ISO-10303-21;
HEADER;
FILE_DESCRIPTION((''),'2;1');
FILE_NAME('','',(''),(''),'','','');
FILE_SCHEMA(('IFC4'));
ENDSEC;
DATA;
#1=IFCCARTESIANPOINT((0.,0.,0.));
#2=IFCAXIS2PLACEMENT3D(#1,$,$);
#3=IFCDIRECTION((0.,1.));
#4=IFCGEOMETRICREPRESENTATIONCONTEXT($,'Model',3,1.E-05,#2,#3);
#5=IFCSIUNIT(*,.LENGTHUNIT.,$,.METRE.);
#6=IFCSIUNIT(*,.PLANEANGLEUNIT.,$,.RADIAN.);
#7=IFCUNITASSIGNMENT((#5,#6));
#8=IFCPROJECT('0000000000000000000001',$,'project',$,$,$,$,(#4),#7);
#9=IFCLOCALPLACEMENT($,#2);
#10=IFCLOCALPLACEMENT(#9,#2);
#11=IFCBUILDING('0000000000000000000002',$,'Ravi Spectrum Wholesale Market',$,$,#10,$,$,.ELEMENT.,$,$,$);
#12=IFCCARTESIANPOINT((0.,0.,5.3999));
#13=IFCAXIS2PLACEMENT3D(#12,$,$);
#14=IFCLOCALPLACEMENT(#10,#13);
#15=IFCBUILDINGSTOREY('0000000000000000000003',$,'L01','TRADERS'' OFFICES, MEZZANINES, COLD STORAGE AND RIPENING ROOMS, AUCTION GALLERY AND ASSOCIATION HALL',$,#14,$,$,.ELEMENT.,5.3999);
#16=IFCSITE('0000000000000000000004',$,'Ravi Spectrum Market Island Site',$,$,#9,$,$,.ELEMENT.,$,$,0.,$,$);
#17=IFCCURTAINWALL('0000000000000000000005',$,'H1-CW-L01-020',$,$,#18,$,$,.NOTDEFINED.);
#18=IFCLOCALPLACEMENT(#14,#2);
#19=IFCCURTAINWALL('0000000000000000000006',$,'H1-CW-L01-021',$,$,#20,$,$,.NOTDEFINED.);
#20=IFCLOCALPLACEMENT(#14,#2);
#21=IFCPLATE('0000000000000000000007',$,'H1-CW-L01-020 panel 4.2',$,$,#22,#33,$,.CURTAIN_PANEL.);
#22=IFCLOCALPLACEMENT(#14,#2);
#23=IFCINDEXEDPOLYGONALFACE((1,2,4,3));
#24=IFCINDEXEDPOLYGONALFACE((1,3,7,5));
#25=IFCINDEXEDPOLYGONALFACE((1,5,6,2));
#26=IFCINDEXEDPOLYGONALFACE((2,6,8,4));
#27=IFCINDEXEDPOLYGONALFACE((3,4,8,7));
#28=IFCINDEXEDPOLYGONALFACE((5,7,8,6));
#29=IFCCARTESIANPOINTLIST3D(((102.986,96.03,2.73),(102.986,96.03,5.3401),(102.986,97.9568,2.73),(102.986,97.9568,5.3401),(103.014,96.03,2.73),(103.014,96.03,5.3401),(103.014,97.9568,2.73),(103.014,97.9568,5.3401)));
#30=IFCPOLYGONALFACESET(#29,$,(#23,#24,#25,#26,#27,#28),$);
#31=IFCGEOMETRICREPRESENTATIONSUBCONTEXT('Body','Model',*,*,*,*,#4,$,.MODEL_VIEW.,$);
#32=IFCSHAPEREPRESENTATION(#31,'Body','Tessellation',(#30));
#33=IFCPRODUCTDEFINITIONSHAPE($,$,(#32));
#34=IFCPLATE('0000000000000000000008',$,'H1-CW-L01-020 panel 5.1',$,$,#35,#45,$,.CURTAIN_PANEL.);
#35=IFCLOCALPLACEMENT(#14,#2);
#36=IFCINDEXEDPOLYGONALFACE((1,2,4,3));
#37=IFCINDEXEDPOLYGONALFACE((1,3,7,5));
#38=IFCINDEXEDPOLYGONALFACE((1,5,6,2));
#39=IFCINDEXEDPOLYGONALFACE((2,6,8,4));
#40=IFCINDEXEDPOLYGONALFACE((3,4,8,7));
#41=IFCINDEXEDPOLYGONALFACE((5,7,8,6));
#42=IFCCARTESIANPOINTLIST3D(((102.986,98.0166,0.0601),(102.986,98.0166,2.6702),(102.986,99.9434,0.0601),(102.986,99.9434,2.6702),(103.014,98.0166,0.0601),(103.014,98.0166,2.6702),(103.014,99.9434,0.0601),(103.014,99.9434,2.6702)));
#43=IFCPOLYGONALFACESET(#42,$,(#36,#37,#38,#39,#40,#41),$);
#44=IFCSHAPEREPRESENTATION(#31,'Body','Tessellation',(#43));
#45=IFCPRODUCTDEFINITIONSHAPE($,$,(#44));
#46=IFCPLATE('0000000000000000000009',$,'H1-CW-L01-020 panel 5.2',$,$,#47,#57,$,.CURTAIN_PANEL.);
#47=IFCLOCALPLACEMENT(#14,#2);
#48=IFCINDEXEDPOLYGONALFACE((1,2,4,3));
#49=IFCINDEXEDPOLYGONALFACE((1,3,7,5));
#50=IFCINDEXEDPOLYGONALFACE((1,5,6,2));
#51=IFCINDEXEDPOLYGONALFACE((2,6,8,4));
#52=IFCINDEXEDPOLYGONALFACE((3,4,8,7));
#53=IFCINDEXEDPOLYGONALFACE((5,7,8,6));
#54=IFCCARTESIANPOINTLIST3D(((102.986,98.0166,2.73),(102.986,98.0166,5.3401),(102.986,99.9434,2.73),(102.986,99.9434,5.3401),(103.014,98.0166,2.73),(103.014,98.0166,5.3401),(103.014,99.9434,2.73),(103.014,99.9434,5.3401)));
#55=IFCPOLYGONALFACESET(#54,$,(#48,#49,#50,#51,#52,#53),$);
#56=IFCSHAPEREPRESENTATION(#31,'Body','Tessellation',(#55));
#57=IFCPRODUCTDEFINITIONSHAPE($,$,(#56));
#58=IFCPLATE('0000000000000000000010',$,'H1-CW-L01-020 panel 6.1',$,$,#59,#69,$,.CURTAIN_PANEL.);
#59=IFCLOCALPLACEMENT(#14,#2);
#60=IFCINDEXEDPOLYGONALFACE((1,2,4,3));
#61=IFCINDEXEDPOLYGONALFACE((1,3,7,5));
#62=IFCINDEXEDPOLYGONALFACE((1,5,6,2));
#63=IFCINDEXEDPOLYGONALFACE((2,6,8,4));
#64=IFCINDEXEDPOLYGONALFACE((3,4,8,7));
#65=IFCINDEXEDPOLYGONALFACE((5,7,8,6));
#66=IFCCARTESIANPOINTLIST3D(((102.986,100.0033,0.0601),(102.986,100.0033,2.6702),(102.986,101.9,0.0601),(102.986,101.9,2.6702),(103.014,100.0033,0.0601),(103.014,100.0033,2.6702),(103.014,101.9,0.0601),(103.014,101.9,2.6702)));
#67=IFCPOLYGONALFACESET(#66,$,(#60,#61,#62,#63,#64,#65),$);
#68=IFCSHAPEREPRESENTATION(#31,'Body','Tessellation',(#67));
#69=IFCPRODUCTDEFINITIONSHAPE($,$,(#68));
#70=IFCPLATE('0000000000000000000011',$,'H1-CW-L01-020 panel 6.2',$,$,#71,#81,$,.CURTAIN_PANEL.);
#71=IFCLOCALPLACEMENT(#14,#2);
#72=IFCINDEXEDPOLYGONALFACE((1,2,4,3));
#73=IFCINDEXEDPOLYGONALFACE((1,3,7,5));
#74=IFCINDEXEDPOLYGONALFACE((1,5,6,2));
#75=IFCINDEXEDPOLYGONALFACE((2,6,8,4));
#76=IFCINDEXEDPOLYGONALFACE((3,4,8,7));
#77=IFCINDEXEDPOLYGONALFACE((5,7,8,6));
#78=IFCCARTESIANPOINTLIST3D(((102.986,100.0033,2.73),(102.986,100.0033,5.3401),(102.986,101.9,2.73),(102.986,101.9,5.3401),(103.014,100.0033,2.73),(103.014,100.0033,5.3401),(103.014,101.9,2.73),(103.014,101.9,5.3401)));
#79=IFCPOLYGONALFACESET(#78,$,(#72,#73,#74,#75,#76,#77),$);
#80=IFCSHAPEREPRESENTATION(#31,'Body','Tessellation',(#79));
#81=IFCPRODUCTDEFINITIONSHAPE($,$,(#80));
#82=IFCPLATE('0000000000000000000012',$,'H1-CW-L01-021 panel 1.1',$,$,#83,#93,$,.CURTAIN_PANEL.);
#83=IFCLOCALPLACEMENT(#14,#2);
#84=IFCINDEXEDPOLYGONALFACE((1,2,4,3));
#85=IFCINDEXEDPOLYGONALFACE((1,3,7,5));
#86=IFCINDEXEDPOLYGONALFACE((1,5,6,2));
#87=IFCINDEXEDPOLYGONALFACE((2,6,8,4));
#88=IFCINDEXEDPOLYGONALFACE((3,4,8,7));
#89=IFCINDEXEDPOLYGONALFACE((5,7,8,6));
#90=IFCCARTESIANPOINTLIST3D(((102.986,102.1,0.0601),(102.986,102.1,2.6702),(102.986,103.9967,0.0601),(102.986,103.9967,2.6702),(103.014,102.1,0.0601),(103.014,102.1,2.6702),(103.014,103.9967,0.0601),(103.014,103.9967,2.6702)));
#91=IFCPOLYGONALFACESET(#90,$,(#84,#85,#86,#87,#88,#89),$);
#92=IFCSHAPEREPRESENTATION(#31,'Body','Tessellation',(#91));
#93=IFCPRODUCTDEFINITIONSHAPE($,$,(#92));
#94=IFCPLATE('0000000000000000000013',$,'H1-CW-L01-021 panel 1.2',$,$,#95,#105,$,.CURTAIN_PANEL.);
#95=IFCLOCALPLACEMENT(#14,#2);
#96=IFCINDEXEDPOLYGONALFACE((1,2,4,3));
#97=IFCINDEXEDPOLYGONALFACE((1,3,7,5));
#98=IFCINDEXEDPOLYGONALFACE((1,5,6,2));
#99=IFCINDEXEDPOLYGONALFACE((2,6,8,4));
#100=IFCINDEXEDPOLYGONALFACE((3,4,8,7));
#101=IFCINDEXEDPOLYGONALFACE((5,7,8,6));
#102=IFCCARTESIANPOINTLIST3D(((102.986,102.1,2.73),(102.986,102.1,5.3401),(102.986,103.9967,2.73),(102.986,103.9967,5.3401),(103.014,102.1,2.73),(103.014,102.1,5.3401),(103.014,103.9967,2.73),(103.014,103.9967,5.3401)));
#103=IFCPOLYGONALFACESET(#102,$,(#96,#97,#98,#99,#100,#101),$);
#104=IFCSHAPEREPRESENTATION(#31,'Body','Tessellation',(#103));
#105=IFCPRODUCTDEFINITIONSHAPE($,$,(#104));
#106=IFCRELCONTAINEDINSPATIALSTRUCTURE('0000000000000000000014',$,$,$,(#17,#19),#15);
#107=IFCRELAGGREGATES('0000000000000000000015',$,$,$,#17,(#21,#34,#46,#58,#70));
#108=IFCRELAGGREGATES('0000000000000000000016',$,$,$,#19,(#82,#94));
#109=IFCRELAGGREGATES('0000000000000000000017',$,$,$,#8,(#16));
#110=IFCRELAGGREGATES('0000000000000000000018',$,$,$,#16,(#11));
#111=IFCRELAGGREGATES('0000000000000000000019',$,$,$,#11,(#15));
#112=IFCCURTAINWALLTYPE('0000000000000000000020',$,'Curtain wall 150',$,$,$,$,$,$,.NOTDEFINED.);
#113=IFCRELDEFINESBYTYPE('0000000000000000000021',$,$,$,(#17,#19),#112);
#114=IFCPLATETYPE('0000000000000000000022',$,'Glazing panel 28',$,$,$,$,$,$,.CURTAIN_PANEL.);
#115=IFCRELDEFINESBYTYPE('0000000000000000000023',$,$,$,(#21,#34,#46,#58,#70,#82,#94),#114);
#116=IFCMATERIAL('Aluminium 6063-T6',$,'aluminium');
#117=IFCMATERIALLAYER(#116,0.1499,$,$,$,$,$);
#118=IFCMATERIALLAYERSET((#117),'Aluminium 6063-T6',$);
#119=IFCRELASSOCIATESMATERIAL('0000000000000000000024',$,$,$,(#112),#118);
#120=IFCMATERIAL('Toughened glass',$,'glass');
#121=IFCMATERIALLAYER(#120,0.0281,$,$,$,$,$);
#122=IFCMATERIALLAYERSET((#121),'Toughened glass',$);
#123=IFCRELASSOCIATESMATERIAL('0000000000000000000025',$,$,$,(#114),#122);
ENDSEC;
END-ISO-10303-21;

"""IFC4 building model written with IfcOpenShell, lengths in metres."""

from ifc_helpers import new_model, si_unit, direction, frame, origin, origin_2d, place, context, subcontext, project, spatial, rectangle, extrude, material, layer, layer_set, type_object, element, aggregate, save


model = new_model("IFC4")

# Units and contexts
model_context = context("Model", 3, precision=1e-05, world=origin(), true_north=direction((0.0, 1.0)))
body_context = subcontext(model_context, "Body", "Model", "MODEL_VIEW")
ifc_project = project(units=[si_unit("LENGTHUNIT", "METRE"), si_unit("PLANEANGLEUNIT", "RADIAN")], contexts=[model_context])

# Site, building, storey
site_placement = place(None, origin())
site = spatial("IfcSite", under=ifc_project, at=site_placement, Name="Ravi Spectrum Market Island Site", CompositionType="ELEMENT", RefElevation=0.0)
building_placement = place(site_placement, origin())
building = spatial("IfcBuilding", under=site, at=building_placement, Name="Ravi Spectrum Wholesale Market", CompositionType="ELEMENT")
storey_placement = place(building_placement, frame((0.0, 0.0, 5.3999)))
storey = spatial("IfcBuildingStorey", under=building, at=storey_placement, Name="L01", Description="TRADERS' OFFICES, MEZZANINES, COLD STORAGE AND RIPENING ROOMS, AUCTION GALLERY AND ASSOCIATION HALL", CompositionType="ELEMENT", Elevation=5.3999)

# Curtain walls
ifc_material_1 = material(Name="Aluminium 6063-T6", Category="aluminium")
ifc_layer_1 = layer(ifc_material_1, 0.1499)
ifc_layer_set_1 = layer_set([ifc_layer_1], Name="Aluminium 6063-T6")
curtain_wall_type = type_object("IfcCurtainWallType", Name="Curtain wall 150", PredefinedType="NOTDEFINED", material=ifc_layer_set_1)
curtain_wall_1_placement = place(storey_placement, origin())
curtain_wall_1 = element("IfcCurtainWall", 1, at=curtain_wall_1_placement, inside=storey, type_object=curtain_wall_type, Name="H1-CW-L01-020", PredefinedType="NOTDEFINED")
curtain_wall_2_placement = place(storey_placement, origin())
curtain_wall_2 = element("IfcCurtainWall", 2, at=curtain_wall_2_placement, inside=storey, type_object=curtain_wall_type, Name="H1-CW-L01-021", PredefinedType="NOTDEFINED")

# Plates
ifc_material_2 = material(Name="Toughened glass", Category="glass")
ifc_layer_2 = layer(ifc_material_2, 0.0281)
ifc_layer_set_2 = layer_set([ifc_layer_2], Name="Toughened glass")
plate_type = type_object("IfcPlateType", Name="Glazing panel 28", PredefinedType="CURTAIN_PANEL", material=ifc_layer_set_2)
plate_1_placement = place(storey_placement, frame((103.0, 96.9934, 2.73), z_axis=(0.0, 0.0, 1.0), x_axis=(0.0, 1.0, 0.0)))
plate_1 = element("IfcPlate", 3, at=plate_1_placement, type_object=plate_type, Name="H1-CW-L01-020 panel 4.2", PredefinedType="CURTAIN_PANEL", context=body_context, shape_type="SweptSolid", body=[
    extrude(rectangle(XDim=1.9268, YDim=0.0281, at=origin_2d()), origin(), (0.0, 0.0, 1.0), 2.6101),
])
plate_2_placement = place(storey_placement, frame((103.0, 98.98, 0.0601), z_axis=(0.0, 0.0, 1.0), x_axis=(0.0, 1.0, 0.0)))
plate_2 = element("IfcPlate", 4, at=plate_2_placement, type_object=plate_type, Name="H1-CW-L01-020 panel 5.1", PredefinedType="CURTAIN_PANEL", context=body_context, shape_type="SweptSolid", body=[
    extrude(rectangle(XDim=1.9268, YDim=0.0281, at=origin_2d()), origin(), (0.0, 0.0, 1.0), 2.6101),
])
plate_3_placement = place(storey_placement, frame((103.0, 98.98, 2.73), z_axis=(0.0, 0.0, 1.0), x_axis=(0.0, 1.0, 0.0)))
plate_3 = element("IfcPlate", 5, at=plate_3_placement, type_object=plate_type, Name="H1-CW-L01-020 panel 5.2", PredefinedType="CURTAIN_PANEL", context=body_context, shape_type="SweptSolid", body=[
    extrude(rectangle(XDim=1.9268, YDim=0.0281, at=origin_2d()), origin(), (0.0, 0.0, 1.0), 2.6101),
])
plate_4_placement = place(storey_placement, frame((103.0, 100.9517, 0.0601), z_axis=(0.0, 0.0, 1.0), x_axis=(0.0, 1.0, 0.0)))
plate_4 = element("IfcPlate", 6, at=plate_4_placement, type_object=plate_type, Name="H1-CW-L01-020 panel 6.1", PredefinedType="CURTAIN_PANEL", context=body_context, shape_type="SweptSolid", body=[
    extrude(rectangle(XDim=1.8967, YDim=0.0281, at=origin_2d()), origin(), (0.0, 0.0, 1.0), 2.6101),
])
plate_5_placement = place(storey_placement, frame((103.0, 100.9517, 2.73), z_axis=(0.0, 0.0, 1.0), x_axis=(0.0, 1.0, 0.0)))
plate_5 = element("IfcPlate", 7, at=plate_5_placement, type_object=plate_type, Name="H1-CW-L01-020 panel 6.2", PredefinedType="CURTAIN_PANEL", context=body_context, shape_type="SweptSolid", body=[
    extrude(rectangle(XDim=1.8967, YDim=0.0281, at=origin_2d()), origin(), (0.0, 0.0, 1.0), 2.6101),
])
aggregate(curtain_wall_1, [plate_1, plate_2, plate_3, plate_4, plate_5])
plate_6_placement = place(storey_placement, frame((103.0, 103.0483, 0.0601), z_axis=(0.0, 0.0, 1.0), x_axis=(0.0, 1.0, 0.0)))
plate_6 = element("IfcPlate", 8, at=plate_6_placement, type_object=plate_type, Name="H1-CW-L01-021 panel 1.1", PredefinedType="CURTAIN_PANEL", context=body_context, shape_type="SweptSolid", body=[
    extrude(rectangle(XDim=1.8967, YDim=0.0281, at=origin_2d()), origin(), (0.0, 0.0, 1.0), 2.6101),
])
plate_7_placement = place(storey_placement, frame((103.0, 103.0483, 2.73), z_axis=(0.0, 0.0, 1.0), x_axis=(0.0, 1.0, 0.0)))
plate_7 = element("IfcPlate", 9, at=plate_7_placement, type_object=plate_type, Name="H1-CW-L01-021 panel 1.2", PredefinedType="CURTAIN_PANEL", context=body_context, shape_type="SweptSolid", body=[
    extrude(rectangle(XDim=1.8967, YDim=0.0281, at=origin_2d()), origin(), (0.0, 0.0, 1.0), 2.6101),
])
aggregate(curtain_wall_2, [plate_6, plate_7])

save(model, "model.ifc")
